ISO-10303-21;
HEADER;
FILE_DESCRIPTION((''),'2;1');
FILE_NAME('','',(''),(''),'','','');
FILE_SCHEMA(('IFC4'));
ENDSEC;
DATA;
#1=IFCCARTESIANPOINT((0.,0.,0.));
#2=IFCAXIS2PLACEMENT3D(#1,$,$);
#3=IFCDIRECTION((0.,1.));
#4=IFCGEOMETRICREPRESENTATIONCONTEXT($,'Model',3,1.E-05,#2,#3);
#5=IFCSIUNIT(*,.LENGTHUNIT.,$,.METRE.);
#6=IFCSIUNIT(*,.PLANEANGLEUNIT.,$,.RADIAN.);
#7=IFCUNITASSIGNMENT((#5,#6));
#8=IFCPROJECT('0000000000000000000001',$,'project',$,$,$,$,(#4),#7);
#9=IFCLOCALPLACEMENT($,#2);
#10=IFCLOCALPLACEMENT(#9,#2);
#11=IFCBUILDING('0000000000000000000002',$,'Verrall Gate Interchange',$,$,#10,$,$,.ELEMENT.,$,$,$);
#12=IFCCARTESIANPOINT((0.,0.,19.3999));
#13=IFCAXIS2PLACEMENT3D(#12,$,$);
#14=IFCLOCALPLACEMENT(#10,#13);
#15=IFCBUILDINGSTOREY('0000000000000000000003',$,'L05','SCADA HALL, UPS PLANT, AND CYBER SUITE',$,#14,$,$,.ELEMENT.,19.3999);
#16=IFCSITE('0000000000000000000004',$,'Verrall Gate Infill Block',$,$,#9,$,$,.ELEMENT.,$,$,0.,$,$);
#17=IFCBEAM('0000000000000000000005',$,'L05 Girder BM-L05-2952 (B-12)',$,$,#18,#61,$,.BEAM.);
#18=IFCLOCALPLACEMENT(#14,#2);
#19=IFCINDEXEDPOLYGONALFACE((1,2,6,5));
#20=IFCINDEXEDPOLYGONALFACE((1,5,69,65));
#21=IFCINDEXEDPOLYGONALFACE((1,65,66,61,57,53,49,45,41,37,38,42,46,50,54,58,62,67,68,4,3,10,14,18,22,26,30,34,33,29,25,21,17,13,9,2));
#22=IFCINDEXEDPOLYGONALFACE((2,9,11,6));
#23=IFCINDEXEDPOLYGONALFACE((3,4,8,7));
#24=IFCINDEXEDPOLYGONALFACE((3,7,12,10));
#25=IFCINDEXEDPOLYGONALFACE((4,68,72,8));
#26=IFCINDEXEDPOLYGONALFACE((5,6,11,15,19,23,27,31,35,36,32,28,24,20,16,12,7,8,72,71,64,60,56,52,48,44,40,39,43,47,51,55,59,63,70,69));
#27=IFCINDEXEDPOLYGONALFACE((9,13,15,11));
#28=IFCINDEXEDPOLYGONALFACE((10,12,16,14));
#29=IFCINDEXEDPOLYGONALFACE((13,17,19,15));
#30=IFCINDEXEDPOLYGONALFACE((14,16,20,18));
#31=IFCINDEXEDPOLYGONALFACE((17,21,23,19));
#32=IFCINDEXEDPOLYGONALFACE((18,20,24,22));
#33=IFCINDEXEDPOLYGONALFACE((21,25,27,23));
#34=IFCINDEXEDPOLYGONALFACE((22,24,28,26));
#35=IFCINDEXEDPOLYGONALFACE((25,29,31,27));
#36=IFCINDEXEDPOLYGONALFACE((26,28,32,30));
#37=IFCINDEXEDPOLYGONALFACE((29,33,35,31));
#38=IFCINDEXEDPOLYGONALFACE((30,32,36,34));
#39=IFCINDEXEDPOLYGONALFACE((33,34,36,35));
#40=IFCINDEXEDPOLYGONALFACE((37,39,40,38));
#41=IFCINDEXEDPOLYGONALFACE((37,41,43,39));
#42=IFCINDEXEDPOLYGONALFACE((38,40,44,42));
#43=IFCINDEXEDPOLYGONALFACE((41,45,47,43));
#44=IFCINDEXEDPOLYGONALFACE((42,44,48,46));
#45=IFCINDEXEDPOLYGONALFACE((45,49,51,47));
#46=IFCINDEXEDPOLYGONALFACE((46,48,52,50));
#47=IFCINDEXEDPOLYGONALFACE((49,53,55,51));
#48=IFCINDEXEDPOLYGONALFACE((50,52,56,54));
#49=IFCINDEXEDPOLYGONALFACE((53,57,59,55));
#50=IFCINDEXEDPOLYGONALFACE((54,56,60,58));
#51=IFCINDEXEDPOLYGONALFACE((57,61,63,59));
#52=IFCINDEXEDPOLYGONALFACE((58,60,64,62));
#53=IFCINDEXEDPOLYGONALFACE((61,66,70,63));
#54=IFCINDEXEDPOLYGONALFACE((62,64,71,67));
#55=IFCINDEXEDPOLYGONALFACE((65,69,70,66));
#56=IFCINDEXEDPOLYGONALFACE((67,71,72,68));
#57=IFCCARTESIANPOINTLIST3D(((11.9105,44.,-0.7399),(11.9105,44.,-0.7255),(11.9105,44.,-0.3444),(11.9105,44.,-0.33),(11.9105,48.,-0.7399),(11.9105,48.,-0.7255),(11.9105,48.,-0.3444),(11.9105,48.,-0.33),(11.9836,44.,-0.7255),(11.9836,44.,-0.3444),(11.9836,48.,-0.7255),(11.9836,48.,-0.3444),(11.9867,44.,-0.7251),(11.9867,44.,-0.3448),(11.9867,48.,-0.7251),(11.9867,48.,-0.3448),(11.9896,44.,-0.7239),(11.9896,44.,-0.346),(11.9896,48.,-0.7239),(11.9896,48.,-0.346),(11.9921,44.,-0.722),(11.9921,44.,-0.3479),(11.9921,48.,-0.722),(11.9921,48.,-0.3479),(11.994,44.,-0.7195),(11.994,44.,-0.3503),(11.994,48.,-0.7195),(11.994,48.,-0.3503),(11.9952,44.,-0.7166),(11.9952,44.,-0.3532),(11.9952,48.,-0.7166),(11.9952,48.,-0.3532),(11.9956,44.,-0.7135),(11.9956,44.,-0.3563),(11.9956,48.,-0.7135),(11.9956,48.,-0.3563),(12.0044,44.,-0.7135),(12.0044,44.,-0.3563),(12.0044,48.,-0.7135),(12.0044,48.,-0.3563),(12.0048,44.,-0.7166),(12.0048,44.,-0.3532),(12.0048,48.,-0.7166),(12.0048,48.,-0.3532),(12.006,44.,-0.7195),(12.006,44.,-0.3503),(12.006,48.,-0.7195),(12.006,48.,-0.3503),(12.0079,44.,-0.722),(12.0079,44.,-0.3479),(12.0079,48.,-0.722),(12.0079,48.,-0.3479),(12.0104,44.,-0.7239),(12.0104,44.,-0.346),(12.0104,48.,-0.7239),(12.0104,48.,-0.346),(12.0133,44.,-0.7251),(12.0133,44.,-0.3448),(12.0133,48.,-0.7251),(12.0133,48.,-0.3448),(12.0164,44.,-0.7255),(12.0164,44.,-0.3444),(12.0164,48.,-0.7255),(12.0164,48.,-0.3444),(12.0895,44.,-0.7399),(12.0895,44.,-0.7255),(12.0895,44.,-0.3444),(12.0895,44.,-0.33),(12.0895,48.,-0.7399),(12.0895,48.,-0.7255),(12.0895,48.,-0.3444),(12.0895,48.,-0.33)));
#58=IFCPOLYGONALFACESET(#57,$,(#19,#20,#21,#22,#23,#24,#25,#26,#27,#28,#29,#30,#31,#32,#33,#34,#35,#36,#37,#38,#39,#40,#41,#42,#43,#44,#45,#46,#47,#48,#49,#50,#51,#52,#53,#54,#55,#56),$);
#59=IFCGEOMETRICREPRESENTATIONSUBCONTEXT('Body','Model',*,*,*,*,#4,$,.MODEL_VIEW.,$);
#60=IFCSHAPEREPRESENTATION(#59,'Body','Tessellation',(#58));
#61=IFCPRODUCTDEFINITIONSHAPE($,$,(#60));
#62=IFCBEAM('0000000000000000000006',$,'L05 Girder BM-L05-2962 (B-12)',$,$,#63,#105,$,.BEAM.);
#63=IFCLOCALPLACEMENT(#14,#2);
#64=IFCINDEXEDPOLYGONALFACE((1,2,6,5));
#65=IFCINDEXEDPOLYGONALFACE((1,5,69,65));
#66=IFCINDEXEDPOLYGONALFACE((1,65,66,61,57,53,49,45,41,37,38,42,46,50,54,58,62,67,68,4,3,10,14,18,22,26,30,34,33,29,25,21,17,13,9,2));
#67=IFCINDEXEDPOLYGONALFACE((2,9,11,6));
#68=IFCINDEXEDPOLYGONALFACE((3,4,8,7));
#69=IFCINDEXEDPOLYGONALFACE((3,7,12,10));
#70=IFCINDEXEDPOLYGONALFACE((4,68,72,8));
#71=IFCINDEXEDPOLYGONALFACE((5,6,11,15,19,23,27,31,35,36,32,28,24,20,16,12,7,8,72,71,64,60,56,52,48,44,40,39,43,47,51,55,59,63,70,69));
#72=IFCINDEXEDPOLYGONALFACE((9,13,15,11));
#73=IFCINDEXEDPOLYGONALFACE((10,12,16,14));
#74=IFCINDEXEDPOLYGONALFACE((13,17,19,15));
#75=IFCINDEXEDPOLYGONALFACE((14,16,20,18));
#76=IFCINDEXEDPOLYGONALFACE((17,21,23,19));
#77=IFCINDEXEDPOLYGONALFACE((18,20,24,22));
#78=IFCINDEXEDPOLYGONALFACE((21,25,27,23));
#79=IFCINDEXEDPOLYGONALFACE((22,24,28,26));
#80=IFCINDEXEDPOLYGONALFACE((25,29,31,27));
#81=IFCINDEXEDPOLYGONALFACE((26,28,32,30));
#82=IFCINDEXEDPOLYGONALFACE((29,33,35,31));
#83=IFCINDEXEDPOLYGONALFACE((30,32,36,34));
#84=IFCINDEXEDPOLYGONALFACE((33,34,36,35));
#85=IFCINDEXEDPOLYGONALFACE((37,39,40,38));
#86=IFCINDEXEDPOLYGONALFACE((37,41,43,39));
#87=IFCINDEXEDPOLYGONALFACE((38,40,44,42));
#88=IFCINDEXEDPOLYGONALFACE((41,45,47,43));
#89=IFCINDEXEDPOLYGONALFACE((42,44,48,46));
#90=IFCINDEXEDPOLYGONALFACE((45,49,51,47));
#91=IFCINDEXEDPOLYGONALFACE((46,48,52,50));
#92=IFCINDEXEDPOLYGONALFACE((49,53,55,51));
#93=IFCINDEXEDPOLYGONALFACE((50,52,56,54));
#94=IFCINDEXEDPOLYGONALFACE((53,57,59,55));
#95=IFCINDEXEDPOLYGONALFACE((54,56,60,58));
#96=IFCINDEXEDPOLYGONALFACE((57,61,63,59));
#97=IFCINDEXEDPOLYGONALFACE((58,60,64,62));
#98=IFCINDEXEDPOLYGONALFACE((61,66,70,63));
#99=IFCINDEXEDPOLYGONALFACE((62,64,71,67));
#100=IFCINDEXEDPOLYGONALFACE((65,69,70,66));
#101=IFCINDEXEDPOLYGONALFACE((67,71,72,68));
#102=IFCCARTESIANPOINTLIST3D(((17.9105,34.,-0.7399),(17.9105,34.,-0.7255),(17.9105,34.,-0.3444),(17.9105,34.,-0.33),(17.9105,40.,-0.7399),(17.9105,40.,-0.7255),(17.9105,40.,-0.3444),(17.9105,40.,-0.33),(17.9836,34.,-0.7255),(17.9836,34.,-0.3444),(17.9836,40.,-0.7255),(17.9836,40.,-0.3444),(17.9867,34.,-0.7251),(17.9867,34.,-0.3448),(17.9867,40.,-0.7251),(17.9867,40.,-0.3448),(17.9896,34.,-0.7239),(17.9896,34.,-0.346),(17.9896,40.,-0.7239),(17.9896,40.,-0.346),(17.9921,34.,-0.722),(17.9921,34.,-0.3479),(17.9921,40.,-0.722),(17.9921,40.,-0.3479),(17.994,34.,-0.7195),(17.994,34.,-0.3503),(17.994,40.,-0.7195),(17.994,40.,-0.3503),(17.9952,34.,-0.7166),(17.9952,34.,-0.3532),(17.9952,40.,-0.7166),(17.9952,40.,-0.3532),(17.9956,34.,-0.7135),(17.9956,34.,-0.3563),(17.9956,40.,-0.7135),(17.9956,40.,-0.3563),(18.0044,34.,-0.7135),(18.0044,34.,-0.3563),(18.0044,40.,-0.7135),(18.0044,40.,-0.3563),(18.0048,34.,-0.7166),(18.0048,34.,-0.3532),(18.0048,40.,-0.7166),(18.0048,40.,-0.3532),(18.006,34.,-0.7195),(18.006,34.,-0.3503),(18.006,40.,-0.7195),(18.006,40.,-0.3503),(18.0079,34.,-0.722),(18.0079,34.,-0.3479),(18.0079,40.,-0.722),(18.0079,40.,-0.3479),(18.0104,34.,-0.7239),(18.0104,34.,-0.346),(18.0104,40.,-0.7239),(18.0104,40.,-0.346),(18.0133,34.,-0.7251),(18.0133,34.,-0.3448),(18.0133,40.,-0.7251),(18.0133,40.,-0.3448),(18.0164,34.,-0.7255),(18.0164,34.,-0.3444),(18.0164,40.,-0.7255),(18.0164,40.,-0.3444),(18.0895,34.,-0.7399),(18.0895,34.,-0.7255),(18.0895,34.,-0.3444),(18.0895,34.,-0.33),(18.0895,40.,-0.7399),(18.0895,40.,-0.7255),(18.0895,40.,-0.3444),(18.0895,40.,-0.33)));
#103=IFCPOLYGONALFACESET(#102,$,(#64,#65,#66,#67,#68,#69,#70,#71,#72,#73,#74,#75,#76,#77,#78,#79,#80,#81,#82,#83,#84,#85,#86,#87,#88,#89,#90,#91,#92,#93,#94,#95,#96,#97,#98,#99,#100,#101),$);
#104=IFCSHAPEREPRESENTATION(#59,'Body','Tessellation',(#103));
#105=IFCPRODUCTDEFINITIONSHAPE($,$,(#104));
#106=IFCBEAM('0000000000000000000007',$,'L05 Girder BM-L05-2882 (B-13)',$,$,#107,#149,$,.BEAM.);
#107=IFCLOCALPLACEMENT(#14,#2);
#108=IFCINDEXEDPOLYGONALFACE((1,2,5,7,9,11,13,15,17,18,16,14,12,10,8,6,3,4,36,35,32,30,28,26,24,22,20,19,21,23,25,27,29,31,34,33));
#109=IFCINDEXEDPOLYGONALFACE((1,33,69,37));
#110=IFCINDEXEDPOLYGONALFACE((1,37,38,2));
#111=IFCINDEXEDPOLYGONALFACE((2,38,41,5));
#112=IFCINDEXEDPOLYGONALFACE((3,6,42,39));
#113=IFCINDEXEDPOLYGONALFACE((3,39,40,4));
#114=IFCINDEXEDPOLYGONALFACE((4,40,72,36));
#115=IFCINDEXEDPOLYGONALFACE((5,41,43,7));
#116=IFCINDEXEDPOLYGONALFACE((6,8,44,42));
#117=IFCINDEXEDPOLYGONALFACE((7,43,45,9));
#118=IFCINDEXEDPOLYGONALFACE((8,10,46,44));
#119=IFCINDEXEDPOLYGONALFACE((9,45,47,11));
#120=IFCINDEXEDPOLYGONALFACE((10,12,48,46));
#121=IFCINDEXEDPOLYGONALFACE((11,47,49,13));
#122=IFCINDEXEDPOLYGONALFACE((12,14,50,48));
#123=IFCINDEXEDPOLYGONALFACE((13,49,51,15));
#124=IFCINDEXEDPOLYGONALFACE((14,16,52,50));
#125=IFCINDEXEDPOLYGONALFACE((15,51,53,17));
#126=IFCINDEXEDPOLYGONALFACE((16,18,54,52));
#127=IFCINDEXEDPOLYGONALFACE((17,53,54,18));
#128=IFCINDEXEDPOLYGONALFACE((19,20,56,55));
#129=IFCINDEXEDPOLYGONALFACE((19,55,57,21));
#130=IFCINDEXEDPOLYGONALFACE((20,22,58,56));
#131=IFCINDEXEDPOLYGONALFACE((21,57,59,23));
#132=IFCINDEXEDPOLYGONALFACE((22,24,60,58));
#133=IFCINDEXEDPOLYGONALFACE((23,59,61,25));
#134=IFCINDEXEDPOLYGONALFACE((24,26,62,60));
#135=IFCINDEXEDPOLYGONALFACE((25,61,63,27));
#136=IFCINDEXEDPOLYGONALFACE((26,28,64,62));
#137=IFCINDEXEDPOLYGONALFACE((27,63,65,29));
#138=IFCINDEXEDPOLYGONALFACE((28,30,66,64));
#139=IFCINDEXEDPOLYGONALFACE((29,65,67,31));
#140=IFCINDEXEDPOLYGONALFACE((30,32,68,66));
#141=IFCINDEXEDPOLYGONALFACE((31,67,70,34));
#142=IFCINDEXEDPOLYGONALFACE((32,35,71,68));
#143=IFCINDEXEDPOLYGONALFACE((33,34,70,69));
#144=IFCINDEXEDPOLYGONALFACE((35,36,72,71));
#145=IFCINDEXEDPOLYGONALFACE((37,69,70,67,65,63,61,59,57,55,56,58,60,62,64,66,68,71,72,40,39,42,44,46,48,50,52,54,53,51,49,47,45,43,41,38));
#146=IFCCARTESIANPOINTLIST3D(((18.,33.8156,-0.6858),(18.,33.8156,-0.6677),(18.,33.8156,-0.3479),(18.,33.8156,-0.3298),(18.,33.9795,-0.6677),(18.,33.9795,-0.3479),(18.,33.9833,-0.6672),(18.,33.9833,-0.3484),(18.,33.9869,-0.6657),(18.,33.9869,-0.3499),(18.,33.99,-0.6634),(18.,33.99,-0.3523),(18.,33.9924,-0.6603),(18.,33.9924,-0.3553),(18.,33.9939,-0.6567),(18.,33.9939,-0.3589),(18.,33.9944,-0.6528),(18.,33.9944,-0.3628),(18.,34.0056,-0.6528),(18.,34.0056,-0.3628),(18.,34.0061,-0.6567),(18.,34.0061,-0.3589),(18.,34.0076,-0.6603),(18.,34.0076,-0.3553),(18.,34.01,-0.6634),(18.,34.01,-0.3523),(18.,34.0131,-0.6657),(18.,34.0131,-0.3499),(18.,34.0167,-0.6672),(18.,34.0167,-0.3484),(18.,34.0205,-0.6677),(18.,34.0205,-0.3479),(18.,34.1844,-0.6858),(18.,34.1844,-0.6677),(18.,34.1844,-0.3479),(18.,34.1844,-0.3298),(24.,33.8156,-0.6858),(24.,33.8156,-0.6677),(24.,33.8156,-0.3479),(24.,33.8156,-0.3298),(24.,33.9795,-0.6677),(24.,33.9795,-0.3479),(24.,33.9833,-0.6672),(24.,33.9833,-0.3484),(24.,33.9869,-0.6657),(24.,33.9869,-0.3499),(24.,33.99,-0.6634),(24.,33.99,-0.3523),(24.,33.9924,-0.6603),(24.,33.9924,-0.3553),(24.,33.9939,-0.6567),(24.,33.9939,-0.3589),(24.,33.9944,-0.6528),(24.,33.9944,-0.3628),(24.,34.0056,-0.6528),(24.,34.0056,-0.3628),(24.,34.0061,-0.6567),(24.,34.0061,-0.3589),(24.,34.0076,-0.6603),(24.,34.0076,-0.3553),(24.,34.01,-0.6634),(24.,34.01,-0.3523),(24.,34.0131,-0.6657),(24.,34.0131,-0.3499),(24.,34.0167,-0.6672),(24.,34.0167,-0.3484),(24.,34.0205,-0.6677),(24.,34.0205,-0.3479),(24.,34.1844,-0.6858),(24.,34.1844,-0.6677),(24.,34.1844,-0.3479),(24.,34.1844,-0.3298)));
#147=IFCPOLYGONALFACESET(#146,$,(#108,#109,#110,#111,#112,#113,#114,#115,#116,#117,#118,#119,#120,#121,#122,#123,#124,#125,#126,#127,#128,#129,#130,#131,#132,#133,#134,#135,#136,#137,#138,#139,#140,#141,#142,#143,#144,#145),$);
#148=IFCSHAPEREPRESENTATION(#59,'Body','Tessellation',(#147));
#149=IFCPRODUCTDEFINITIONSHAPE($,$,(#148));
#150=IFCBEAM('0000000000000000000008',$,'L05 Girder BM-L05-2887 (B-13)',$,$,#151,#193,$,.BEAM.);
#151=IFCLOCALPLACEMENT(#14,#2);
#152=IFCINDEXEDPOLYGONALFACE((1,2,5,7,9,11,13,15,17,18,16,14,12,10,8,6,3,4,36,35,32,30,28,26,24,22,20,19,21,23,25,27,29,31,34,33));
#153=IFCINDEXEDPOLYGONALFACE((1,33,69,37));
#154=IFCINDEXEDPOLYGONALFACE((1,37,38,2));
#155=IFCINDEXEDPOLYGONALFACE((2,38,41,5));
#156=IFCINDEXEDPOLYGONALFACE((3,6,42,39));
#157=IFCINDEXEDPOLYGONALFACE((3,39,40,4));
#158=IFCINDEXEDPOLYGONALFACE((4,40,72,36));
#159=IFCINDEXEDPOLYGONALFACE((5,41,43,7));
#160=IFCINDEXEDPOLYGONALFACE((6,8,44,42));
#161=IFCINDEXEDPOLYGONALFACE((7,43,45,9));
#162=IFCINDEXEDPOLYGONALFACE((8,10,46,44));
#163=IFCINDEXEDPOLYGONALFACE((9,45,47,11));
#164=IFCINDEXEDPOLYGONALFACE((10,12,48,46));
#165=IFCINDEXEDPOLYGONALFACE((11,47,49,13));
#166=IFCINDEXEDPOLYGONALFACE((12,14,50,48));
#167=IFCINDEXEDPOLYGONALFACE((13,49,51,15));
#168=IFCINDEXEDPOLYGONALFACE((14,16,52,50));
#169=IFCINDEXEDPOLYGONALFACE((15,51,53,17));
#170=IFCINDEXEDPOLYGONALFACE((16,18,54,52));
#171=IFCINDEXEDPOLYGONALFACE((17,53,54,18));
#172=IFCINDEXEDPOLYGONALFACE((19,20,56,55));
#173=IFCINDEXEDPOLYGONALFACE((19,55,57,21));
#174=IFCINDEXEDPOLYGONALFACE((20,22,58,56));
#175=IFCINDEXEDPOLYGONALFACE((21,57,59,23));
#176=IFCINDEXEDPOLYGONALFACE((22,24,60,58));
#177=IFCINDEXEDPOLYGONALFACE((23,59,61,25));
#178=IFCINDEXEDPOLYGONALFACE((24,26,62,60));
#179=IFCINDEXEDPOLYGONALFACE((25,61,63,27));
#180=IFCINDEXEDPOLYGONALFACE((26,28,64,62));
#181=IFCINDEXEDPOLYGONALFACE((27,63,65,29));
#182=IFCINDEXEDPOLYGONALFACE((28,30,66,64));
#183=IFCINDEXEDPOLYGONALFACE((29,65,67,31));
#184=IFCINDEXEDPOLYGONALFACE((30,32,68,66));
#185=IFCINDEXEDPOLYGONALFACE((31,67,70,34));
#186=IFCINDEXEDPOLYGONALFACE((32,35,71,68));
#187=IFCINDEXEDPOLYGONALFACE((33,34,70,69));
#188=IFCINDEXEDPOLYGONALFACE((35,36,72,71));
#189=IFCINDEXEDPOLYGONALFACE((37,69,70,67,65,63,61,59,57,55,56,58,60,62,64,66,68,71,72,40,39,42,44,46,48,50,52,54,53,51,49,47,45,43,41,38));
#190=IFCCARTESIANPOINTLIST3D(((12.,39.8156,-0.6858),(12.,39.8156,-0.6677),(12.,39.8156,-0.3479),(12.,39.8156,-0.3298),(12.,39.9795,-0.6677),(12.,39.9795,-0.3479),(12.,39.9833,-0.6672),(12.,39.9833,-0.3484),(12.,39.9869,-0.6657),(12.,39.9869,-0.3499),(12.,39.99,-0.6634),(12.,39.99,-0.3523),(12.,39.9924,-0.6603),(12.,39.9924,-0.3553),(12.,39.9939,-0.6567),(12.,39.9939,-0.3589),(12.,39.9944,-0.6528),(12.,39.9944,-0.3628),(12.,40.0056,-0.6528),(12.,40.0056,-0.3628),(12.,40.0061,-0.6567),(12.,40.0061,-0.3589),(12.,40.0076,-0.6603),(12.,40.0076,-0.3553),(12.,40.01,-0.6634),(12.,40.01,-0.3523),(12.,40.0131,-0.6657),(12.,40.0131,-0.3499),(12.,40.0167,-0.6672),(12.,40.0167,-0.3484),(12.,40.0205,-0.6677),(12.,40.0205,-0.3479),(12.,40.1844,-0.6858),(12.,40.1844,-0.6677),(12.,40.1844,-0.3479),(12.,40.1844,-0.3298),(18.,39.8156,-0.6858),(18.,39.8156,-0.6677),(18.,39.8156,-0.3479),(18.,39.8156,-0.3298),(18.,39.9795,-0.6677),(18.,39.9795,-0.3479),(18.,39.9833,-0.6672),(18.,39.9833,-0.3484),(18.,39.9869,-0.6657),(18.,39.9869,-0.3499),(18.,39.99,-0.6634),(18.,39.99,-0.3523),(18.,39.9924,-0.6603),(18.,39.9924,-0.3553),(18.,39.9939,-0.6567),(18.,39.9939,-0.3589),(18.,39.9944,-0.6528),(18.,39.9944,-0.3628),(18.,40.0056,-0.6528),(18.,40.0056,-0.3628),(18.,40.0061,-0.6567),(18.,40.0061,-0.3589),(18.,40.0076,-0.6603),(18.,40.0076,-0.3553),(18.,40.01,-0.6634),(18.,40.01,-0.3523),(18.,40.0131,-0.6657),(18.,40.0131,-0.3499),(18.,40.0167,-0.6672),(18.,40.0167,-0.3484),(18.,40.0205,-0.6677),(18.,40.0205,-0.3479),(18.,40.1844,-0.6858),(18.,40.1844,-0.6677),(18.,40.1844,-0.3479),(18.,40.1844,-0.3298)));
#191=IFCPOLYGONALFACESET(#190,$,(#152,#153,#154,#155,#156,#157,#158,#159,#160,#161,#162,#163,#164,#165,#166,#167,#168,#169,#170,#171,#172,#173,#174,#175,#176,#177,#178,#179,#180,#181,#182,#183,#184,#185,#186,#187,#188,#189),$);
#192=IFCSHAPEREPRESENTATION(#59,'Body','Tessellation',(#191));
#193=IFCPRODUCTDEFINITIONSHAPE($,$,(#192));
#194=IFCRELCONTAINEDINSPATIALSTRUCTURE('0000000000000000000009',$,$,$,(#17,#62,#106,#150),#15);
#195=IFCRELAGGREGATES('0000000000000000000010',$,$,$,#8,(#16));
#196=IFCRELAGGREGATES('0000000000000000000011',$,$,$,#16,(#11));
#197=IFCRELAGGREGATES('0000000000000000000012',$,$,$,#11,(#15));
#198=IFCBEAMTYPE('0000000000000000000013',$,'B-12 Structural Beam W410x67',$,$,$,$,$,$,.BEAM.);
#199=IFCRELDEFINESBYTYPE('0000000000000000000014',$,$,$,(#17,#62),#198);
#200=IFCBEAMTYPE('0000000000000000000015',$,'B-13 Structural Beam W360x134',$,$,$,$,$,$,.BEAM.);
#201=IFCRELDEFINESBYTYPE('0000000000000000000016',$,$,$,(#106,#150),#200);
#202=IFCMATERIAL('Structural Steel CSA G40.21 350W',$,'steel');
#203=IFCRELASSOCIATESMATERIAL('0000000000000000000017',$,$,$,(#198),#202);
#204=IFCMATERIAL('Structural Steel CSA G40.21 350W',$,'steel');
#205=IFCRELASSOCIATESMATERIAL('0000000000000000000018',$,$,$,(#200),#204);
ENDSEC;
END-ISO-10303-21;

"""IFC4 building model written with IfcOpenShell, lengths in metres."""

from ifc_helpers import new_model, si_unit, direction, frame, origin, origin_2d, place, context, subcontext, project, spatial, i_section, extrude, material, material_profile, profile_set, type_object, element, save


model = new_model("IFC4")

# Units and contexts
model_context = context("Model", 3, precision=1e-05, world=origin(), true_north=direction((0.0, 1.0)))
body_context = subcontext(model_context, "Body", "Model", "MODEL_VIEW")
ifc_project = project(units=[si_unit("LENGTHUNIT", "METRE"), si_unit("PLANEANGLEUNIT", "RADIAN")], contexts=[model_context])

# Site, building, storey
site_placement = place(None, origin())
site = spatial("IfcSite", under=ifc_project, at=site_placement, Name="Verrall Gate Infill Block", CompositionType="ELEMENT", RefElevation=0.0)
building_placement = place(site_placement, origin())
building = spatial("IfcBuilding", under=site, at=building_placement, Name="Verrall Gate Interchange", CompositionType="ELEMENT")
storey_placement = place(building_placement, frame((0.0, 0.0, 19.3999)))
storey = spatial("IfcBuildingStorey", under=building, at=storey_placement, Name="L05", Description="SCADA HALL, UPS PLANT, AND CYBER SUITE", CompositionType="ELEMENT", Elevation=19.3999)

# Beams
ifc_material_1 = material(Name="Structural Steel CSA G40.21 350W", Category="steel")
ifc_material_profile_1 = material_profile(ifc_material_1, i_section(OverallWidth=0.179, OverallDepth=0.4099, WebThickness=0.0088, FlangeThickness=0.0144, FilletRadius=0.012, at=origin_2d()), Name="W410x67")
ifc_profile_set_1 = profile_set([ifc_material_profile_1], Name="Structural Steel CSA G40.21 350W")
beam_type_1 = type_object("IfcBeamType", Name="B-12 Structural Beam W410x67", PredefinedType="BEAM", material=ifc_profile_set_1)
for number, where, z_axis, x_axis, name in (
    (1, (12.0, 44.0, -0.5349), (0.0, 1.0, 0.0), (-1.0, 0.0, 0.0), "L05 Girder BM-L05-2952 (B-12)"),
):
    element("IfcBeam", number, at=place(storey_placement, frame(where, z_axis=z_axis, x_axis=x_axis)), inside=storey, type_object=beam_type_1, Name=name, PredefinedType="BEAM", context=body_context, shape_type="SweptSolid", body=[
        extrude(i_section(OverallWidth=0.179, OverallDepth=0.4099, WebThickness=0.0088, FlangeThickness=0.0144, FilletRadius=0.012, at=origin_2d()), origin(), (0.0, 0.0, 1.0), 4.0),
    ])
beam_1_placement = place(storey_placement, frame((18.0, 34.0, -0.5349), z_axis=(0.0, 1.0, 0.0), x_axis=(-1.0, 0.0, 0.0)))
element("IfcBeam", 2, at=beam_1_placement, inside=storey, type_object=beam_type_1, Name="L05 Girder BM-L05-2962 (B-12)", PredefinedType="BEAM", context=body_context, shape_type="SweptSolid", body=[
    extrude(i_section(OverallWidth=0.179, OverallDepth=0.4099, WebThickness=0.0088, FlangeThickness=0.0144, FilletRadius=0.012, at=origin_2d()), origin(), (0.0, 0.0, 1.0), 6.0),
])
ifc_material_2 = material(Name="Structural Steel CSA G40.21 350W", Category="steel")
ifc_material_profile_2 = material_profile(ifc_material_2, i_section(OverallWidth=0.3689, OverallDepth=0.356, WebThickness=0.0112, FlangeThickness=0.0181, FilletRadius=0.0149, at=origin_2d()), Name="W360x134")
ifc_profile_set_2 = profile_set([ifc_material_profile_2], Name="Structural Steel CSA G40.21 350W")
beam_type_2 = type_object("IfcBeamType", Name="B-13 Structural Beam W360x134", PredefinedType="BEAM", material=ifc_profile_set_2)
for number, where, z_axis, x_axis, name in (
    (3, (18.0, 34.0, -0.5078), (1.0, 0.0, 0.0), (0.0, 1.0, 0.0), "L05 Girder BM-L05-2882 (B-13)"),
    (4, (12.0, 40.0, -0.5078), (1.0, 0.0, 0.0), (0.0, 1.0, 0.0), "L05 Girder BM-L05-2887 (B-13)"),
):
    element("IfcBeam", number, at=place(storey_placement, frame(where, z_axis=z_axis, x_axis=x_axis)), inside=storey, type_object=beam_type_2, Name=name, PredefinedType="BEAM", context=body_context, shape_type="SweptSolid", body=[
        extrude(i_section(OverallWidth=0.3689, OverallDepth=0.356, WebThickness=0.0112, FlangeThickness=0.0181, FilletRadius=0.0149, at=origin_2d()), origin(), (0.0, 0.0, 1.0), 6.0),
    ])

save(model, "model.ifc")
